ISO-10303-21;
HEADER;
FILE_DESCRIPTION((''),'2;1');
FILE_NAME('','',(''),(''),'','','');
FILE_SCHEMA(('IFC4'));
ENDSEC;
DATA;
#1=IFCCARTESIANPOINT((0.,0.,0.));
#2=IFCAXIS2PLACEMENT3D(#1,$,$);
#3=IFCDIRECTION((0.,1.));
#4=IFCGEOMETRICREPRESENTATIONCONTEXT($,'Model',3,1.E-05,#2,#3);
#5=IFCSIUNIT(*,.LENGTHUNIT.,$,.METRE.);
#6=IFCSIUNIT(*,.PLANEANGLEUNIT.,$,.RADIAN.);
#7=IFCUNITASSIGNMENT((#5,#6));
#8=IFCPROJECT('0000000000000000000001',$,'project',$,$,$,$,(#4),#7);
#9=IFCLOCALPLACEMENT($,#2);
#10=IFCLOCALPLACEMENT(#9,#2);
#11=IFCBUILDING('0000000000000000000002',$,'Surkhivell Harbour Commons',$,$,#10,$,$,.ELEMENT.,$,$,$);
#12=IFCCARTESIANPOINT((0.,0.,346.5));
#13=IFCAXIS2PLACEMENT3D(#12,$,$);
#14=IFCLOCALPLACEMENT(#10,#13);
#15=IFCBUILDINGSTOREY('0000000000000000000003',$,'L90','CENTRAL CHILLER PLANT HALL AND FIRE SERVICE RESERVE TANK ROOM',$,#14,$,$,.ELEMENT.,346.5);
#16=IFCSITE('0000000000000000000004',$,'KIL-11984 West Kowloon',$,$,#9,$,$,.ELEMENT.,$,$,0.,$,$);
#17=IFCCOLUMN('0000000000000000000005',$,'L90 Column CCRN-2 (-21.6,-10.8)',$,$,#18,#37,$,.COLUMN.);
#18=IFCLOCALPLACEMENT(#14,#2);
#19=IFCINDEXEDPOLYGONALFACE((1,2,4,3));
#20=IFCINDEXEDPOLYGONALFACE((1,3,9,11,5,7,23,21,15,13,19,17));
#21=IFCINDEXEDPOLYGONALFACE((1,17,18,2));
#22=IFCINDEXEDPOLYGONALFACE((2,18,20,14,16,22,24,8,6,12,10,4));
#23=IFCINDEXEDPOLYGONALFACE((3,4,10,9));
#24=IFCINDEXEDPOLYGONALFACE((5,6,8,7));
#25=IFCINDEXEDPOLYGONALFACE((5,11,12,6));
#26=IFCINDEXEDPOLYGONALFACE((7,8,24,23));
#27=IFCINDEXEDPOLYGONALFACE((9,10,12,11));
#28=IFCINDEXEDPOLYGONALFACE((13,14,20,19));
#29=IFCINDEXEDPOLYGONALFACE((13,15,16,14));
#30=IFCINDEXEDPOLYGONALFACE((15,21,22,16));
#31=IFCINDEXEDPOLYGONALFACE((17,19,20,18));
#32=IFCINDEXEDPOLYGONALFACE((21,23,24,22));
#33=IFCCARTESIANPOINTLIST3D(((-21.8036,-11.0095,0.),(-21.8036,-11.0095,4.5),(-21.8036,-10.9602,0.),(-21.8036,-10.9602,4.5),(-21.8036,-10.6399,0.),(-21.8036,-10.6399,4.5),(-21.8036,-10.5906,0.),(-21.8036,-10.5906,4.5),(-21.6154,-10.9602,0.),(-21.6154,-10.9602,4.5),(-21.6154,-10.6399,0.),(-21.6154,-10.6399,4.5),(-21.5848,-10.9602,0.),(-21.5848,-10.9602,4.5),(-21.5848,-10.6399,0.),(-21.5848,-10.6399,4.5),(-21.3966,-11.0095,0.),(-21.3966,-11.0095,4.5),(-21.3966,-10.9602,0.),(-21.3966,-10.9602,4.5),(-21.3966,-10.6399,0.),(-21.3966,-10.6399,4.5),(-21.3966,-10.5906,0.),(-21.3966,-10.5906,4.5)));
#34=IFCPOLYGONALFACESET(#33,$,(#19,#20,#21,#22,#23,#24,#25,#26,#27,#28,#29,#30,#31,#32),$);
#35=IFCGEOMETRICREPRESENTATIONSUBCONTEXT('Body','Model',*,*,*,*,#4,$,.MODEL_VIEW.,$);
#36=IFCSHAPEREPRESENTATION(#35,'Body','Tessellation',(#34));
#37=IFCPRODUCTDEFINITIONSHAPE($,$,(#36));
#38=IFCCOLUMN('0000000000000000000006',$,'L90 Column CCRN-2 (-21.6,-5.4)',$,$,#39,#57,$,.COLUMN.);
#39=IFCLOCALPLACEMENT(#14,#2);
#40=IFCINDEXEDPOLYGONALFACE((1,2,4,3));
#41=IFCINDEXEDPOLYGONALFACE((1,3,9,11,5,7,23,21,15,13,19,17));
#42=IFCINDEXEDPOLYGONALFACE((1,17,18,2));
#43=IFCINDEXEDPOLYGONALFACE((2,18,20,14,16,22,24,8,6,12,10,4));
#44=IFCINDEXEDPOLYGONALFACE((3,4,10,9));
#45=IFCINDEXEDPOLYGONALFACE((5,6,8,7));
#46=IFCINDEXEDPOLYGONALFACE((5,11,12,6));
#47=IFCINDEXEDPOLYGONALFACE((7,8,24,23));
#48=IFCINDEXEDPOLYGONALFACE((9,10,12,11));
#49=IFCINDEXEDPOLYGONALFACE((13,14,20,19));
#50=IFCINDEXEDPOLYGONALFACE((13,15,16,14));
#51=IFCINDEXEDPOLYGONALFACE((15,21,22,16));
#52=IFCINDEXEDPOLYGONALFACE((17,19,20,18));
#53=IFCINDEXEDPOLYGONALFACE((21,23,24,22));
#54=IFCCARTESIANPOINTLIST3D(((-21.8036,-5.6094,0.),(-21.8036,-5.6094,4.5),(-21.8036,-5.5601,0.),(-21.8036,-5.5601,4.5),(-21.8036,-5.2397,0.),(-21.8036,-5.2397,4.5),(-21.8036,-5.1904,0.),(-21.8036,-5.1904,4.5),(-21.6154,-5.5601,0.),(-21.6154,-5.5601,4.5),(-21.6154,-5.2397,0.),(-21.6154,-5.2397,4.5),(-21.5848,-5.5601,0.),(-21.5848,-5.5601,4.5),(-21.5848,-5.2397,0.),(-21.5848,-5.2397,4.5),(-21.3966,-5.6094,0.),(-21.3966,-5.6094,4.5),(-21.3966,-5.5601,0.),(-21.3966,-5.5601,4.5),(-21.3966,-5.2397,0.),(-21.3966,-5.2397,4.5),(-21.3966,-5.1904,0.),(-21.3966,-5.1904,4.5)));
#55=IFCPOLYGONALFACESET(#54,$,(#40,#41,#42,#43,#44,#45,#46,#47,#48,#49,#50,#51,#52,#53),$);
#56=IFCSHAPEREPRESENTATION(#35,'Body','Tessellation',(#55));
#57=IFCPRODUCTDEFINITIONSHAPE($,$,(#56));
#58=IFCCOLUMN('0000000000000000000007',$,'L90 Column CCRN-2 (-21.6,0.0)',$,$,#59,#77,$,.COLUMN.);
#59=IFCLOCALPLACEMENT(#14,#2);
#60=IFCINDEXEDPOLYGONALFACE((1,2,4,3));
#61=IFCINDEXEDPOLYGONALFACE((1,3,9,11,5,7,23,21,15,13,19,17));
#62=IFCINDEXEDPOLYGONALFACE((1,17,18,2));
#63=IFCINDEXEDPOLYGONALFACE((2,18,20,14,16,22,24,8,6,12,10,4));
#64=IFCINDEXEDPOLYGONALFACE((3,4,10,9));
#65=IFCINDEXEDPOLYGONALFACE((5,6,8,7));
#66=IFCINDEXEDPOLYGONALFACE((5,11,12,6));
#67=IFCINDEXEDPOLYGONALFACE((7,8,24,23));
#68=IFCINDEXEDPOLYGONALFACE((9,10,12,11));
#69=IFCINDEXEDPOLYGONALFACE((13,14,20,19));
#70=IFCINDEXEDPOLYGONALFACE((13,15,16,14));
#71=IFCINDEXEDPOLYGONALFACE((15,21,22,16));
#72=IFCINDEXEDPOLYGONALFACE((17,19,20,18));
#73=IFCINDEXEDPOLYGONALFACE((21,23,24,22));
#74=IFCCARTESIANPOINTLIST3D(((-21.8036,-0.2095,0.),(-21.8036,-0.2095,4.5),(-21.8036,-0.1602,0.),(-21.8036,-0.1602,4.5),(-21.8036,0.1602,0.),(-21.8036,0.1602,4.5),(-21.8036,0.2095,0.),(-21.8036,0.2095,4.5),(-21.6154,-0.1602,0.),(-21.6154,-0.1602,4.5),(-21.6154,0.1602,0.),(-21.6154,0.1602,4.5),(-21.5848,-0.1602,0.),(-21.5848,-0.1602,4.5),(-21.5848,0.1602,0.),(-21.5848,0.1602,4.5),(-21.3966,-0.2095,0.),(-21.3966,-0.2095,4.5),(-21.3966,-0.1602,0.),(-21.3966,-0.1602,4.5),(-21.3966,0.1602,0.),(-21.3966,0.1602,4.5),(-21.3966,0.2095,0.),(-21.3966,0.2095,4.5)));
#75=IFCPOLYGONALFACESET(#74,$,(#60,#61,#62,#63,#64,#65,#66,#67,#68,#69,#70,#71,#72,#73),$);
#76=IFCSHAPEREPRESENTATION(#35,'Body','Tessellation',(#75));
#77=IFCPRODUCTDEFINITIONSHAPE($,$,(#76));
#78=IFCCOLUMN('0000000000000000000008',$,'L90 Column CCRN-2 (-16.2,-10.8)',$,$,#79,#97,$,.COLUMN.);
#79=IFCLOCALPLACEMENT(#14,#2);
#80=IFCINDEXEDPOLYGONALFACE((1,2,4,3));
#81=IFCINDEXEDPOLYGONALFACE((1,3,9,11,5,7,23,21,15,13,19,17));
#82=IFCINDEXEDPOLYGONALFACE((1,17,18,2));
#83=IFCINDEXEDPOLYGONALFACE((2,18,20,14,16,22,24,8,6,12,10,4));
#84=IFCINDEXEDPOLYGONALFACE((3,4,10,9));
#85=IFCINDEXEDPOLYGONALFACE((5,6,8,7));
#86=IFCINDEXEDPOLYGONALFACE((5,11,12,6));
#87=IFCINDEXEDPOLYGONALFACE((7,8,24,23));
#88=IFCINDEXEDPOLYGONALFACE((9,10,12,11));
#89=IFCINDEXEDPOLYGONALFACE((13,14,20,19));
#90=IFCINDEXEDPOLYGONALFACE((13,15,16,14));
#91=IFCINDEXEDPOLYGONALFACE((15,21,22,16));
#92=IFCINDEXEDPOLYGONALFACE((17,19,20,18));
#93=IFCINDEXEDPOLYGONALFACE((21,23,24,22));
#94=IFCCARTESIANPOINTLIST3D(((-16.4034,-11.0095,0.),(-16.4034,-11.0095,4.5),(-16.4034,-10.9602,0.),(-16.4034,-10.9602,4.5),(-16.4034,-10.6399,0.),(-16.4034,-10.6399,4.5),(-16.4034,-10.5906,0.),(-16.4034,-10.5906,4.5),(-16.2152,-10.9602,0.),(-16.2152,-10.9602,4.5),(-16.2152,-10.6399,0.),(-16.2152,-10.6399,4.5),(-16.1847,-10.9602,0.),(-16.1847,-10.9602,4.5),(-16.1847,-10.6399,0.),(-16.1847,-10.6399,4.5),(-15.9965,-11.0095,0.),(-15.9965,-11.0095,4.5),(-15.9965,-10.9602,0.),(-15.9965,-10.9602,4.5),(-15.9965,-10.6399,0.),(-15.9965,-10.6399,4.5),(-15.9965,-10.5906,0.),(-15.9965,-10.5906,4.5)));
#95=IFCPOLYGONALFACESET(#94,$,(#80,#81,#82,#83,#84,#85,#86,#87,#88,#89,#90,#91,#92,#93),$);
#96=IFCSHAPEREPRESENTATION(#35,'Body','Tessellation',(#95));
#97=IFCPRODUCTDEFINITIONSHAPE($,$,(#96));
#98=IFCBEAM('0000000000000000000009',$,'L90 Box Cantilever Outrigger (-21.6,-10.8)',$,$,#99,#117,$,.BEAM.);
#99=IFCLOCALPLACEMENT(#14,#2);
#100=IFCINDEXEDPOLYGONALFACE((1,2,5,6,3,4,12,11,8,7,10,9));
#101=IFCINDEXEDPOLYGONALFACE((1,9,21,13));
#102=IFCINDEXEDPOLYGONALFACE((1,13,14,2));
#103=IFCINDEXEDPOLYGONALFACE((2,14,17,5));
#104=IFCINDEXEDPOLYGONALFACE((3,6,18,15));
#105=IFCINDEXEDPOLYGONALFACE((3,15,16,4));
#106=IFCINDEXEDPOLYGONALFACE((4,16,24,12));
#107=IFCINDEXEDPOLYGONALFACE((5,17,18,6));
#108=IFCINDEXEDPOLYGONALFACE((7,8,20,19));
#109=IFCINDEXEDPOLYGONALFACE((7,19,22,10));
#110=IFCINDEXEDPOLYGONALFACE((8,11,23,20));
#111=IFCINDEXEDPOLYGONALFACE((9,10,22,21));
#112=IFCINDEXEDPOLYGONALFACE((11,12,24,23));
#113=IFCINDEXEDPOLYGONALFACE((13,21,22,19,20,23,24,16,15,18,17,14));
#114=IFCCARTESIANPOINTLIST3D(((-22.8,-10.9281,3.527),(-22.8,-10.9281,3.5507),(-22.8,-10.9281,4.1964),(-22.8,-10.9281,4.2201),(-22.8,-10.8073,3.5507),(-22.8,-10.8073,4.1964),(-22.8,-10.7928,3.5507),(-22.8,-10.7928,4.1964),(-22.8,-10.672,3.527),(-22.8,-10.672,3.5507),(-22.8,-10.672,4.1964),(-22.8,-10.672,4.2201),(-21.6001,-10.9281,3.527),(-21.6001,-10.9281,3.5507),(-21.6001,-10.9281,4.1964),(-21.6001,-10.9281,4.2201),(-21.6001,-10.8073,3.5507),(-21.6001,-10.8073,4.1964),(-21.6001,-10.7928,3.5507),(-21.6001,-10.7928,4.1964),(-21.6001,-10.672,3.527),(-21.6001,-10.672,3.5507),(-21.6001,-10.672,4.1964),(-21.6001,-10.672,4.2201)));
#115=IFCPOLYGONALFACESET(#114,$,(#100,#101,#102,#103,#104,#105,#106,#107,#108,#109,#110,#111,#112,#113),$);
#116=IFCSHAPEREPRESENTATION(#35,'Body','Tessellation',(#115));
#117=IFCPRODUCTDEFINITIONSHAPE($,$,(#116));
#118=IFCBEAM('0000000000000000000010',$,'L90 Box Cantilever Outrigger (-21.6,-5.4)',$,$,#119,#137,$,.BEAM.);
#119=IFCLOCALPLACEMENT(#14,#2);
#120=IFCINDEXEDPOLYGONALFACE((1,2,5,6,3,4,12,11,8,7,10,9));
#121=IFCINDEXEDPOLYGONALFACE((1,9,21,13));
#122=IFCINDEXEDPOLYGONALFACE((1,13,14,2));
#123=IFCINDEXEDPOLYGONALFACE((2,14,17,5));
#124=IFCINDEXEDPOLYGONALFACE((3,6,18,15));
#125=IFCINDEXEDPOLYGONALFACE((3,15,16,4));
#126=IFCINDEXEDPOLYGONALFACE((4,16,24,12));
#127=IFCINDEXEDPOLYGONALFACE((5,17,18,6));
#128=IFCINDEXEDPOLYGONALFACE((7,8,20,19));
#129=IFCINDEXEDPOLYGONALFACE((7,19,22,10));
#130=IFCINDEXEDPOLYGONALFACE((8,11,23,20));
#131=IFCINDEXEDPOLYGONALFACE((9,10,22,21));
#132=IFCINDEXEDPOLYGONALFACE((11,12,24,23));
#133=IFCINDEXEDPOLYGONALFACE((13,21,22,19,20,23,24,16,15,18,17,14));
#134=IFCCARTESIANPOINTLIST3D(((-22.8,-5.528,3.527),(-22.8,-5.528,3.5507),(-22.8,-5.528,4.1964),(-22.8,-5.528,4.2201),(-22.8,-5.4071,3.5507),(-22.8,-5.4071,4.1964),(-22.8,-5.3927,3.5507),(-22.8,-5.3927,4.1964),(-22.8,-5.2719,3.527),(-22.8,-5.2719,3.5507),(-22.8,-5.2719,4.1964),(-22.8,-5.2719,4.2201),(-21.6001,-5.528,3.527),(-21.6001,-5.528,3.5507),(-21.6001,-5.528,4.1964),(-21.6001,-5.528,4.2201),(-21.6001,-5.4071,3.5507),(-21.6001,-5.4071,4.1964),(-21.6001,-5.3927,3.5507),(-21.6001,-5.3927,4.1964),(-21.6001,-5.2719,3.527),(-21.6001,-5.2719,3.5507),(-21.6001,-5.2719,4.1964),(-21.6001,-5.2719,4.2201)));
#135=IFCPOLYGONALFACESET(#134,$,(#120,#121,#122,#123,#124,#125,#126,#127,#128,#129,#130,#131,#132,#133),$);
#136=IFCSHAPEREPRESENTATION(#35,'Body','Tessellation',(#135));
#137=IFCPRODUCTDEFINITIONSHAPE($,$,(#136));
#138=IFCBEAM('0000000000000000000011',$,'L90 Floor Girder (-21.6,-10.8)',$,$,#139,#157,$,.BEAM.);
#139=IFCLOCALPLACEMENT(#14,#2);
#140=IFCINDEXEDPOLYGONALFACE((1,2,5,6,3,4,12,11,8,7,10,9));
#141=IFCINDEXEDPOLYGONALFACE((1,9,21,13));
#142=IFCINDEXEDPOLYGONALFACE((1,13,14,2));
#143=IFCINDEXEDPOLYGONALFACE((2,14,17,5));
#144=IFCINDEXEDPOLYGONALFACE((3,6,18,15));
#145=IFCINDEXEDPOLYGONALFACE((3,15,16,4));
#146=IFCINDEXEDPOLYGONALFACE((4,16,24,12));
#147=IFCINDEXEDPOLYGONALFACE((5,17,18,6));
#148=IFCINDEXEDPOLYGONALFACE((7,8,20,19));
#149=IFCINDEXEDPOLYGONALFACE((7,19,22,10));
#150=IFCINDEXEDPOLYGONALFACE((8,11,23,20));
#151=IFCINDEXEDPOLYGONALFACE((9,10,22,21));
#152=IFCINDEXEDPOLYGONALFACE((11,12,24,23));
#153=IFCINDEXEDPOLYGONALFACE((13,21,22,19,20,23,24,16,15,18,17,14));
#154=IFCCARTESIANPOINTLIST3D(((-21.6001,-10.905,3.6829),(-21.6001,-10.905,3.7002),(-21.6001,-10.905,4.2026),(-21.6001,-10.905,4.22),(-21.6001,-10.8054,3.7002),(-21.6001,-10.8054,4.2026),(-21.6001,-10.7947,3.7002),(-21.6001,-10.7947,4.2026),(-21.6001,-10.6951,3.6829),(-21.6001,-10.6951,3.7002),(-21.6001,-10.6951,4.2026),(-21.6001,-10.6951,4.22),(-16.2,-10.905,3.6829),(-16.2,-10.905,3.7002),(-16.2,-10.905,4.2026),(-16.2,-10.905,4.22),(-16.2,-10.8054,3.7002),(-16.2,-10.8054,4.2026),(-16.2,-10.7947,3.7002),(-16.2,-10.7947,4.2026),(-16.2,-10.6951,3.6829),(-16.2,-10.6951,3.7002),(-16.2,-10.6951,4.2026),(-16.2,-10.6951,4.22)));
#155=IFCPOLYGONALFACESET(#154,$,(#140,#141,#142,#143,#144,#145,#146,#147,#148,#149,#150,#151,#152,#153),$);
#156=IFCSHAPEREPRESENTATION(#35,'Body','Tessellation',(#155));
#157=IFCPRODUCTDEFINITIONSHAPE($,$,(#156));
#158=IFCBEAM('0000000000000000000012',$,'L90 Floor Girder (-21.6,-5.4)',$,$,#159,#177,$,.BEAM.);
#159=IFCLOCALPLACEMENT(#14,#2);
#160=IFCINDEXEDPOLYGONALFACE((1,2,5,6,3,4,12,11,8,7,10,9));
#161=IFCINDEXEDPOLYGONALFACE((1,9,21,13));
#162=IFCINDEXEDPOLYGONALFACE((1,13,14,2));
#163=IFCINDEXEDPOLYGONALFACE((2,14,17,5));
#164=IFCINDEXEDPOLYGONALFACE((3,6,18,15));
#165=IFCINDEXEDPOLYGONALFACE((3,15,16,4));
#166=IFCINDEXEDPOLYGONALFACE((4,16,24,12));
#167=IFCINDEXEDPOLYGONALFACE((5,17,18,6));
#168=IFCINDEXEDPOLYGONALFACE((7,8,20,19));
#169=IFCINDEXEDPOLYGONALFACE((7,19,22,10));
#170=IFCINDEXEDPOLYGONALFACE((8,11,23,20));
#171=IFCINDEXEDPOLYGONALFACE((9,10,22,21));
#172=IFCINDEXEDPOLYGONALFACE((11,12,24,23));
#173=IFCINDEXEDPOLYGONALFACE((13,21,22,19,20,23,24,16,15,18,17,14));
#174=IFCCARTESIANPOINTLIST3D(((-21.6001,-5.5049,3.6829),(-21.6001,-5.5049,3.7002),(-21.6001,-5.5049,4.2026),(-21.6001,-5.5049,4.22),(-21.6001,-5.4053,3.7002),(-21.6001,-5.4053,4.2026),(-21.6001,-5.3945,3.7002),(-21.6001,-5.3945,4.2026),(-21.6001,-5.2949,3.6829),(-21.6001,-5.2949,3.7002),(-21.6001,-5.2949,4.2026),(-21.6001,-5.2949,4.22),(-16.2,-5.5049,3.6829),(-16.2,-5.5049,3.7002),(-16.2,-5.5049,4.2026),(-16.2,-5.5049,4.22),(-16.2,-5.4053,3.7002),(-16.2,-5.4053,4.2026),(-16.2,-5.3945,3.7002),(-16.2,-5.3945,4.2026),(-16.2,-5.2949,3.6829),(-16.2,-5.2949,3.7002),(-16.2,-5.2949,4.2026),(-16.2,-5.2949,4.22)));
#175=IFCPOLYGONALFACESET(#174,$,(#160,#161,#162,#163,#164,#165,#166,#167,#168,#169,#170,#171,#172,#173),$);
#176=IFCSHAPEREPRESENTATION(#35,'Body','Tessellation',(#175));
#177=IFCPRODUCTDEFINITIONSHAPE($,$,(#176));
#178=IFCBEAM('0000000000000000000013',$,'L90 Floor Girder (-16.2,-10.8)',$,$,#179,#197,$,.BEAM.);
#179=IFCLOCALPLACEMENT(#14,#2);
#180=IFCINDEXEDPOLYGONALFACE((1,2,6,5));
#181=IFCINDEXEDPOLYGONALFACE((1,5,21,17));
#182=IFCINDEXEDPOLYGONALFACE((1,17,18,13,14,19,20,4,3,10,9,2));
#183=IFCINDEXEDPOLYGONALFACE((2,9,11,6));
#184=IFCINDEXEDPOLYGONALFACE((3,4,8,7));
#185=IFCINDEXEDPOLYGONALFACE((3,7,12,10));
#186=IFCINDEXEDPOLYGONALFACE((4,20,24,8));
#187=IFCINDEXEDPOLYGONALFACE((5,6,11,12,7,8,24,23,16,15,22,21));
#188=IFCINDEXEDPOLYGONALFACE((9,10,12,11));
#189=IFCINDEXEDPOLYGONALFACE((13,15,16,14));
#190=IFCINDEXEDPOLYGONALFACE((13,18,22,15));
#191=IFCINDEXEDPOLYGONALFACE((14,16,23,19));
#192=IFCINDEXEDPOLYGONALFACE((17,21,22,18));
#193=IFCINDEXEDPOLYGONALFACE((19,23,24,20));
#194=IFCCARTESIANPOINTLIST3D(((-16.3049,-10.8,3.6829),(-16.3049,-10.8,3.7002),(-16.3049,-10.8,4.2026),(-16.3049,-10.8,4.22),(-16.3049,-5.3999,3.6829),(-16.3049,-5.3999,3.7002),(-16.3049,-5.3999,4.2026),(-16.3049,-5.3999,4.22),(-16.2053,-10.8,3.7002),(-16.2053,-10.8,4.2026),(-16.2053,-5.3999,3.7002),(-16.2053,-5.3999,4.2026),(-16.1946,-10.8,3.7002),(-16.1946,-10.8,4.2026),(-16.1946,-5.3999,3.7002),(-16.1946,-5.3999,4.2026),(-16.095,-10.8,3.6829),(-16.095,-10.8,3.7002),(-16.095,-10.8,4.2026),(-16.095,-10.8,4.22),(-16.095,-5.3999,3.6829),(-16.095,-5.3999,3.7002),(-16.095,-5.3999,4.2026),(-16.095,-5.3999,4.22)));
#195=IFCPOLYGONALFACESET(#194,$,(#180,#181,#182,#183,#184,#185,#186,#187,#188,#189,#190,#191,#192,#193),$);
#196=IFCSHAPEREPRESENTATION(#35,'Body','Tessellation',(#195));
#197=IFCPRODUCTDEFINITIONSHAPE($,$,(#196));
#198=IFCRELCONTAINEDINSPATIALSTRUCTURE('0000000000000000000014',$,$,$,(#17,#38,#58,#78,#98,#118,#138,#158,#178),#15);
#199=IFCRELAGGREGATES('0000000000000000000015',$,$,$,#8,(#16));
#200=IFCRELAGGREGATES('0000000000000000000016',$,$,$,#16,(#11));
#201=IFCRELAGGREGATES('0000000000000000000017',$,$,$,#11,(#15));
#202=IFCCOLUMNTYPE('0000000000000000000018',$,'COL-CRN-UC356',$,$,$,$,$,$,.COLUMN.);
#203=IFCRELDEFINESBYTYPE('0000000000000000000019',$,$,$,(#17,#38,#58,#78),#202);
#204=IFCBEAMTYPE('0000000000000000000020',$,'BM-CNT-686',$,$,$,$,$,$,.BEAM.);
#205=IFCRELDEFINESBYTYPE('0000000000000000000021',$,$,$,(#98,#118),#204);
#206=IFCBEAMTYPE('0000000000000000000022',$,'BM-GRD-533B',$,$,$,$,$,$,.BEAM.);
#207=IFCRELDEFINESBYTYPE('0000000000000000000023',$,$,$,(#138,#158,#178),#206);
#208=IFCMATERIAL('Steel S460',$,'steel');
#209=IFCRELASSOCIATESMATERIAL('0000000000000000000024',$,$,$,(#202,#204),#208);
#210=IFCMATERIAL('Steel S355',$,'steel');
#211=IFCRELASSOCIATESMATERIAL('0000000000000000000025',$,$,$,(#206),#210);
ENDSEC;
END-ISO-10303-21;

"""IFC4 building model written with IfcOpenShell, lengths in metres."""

from ifc_helpers import new_model, si_unit, direction, frame, origin, origin_2d, place, context, subcontext, project, spatial, i_section, extrude, material, material_profile, profile_set, type_object, element, save


model = new_model("IFC4")

# Units and contexts
model_context = context("Model", 3, precision=1e-05, world=origin(), true_north=direction((0.0, 1.0)))
body_context = subcontext(model_context, "Body", "Model", "MODEL_VIEW")
ifc_project = project(units=[si_unit("LENGTHUNIT", "METRE"), si_unit("PLANEANGLEUNIT", "RADIAN")], contexts=[model_context])

# Site, building, storey
site_placement = place(None, origin())
site = spatial("IfcSite", under=ifc_project, at=site_placement, Name="KIL-11984 West Kowloon", CompositionType="ELEMENT", RefElevation=0.0)
building_placement = place(site_placement, origin())
building = spatial("IfcBuilding", under=site, at=building_placement, Name="Surkhivell Harbour Commons", CompositionType="ELEMENT")
storey_placement = place(building_placement, frame((0.0, 0.0, 346.5)))
storey = spatial("IfcBuildingStorey", under=building, at=storey_placement, Name="L90", Description="CENTRAL CHILLER PLANT HALL AND FIRE SERVICE RESERVE TANK ROOM", CompositionType="ELEMENT", Elevation=346.5)

# Columns
ifc_material_1 = material(Name="Steel S460", Category="steel")
ifc_material_profile_1 = material_profile(ifc_material_1, i_section(OverallWidth=0.407, OverallDepth=0.4189, WebThickness=0.0305, FlangeThickness=0.0493, at=origin_2d()), Name="UC356x406x393")
ifc_profile_set_1 = profile_set([ifc_material_profile_1], Name="Steel S460")
column_type = type_object("IfcColumnType", Name="COL-CRN-UC356", PredefinedType="COLUMN", material=ifc_profile_set_1)
for number, where, z_axis, x_axis, name in (
    (1, (-21.6001, -10.8, 0.0), (0.0, 0.0, 1.0), (1.0, 0.0, 0.0), "L90 Column CCRN-2 (-21.6,-10.8)"),
    (2, (-21.6001, -5.3999, 0.0), (0.0, 0.0, 1.0), (1.0, 0.0, 0.0), "L90 Column CCRN-2 (-21.6,-5.4)"),
    (3, (-21.6001, 0.0, 0.0), (0.0, 0.0, 1.0), (1.0, 0.0, 0.0), "L90 Column CCRN-2 (-21.6,0.0)"),
    (4, (-16.2, -10.8, 0.0), (0.0, 0.0, 1.0), (1.0, 0.0, 0.0), "L90 Column CCRN-2 (-16.2,-10.8)"),
):
    element("IfcColumn", number, at=place(storey_placement, frame(where, z_axis=z_axis, x_axis=x_axis)), inside=storey, type_object=column_type, Name=name, PredefinedType="COLUMN", context=body_context, shape_type="SweptSolid", body=[
        extrude(i_section(OverallWidth=0.407, OverallDepth=0.4189, WebThickness=0.0305, FlangeThickness=0.0493, at=origin_2d()), origin(), (0.0, 0.0, 1.0), 4.5),
    ])

# Beams
ifc_material_profile_2 = material_profile(ifc_material_1, i_section(OverallWidth=0.2561, OverallDepth=0.6931, WebThickness=0.0144, FlangeThickness=0.0237, at=origin_2d()), Name="UB686x254x170")
ifc_profile_set_2 = profile_set([ifc_material_profile_2], Name="Steel S460")
beam_type_1 = type_object("IfcBeamType", Name="BM-CNT-686", PredefinedType="BEAM", material=ifc_profile_set_2)
for number, where, z_axis, x_axis, name in (
    (5, (-21.6001, -10.8, 3.8735), (-1.0, 0.0, 0.0), (0.0, -1.0, 0.0), "L90 Box Cantilever Outrigger (-21.6,-10.8)"),
    (6, (-21.6001, -5.3999, 3.8735), (-1.0, 0.0, 0.0), (0.0, -1.0, 0.0), "L90 Box Cantilever Outrigger (-21.6,-5.4)"),
):
    element("IfcBeam", number, at=place(storey_placement, frame(where, z_axis=z_axis, x_axis=x_axis)), inside=storey, type_object=beam_type_1, Name=name, PredefinedType="BEAM", context=body_context, shape_type="SweptSolid", body=[
        extrude(i_section(OverallWidth=0.2561, OverallDepth=0.6931, WebThickness=0.0144, FlangeThickness=0.0237, at=origin_2d()), origin(), (0.0, 0.0, 1.0), 1.2),
    ])
ifc_material_2 = material(Name="Steel S355", Category="steel")
ifc_material_profile_3 = material_profile(ifc_material_2, i_section(OverallWidth=0.21, OverallDepth=0.5371, WebThickness=0.0107, FlangeThickness=0.0173, at=origin_2d()), Name="UB533x210x101")
ifc_profile_set_3 = profile_set([ifc_material_profile_3], Name="Steel S355")
beam_type_2 = type_object("IfcBeamType", Name="BM-GRD-533B", PredefinedType="BEAM", material=ifc_profile_set_3)
for number, where, z_axis, x_axis, name in (
    (7, (-21.6001, -10.8, 3.9514), (1.0, 0.0, 0.0), (0.0, 1.0, 0.0), "L90 Floor Girder (-21.6,-10.8)"),
    (8, (-21.6001, -5.3999, 3.9514), (1.0, 0.0, 0.0), (0.0, 1.0, 0.0), "L90 Floor Girder (-21.6,-5.4)"),
    (9, (-16.2, -10.8, 3.9514), (0.0, 1.0, 0.0), (-1.0, 0.0, 0.0), "L90 Floor Girder (-16.2,-10.8)"),
):
    element("IfcBeam", number, at=place(storey_placement, frame(where, z_axis=z_axis, x_axis=x_axis)), inside=storey, type_object=beam_type_2, Name=name, PredefinedType="BEAM", context=body_context, shape_type="SweptSolid", body=[
        extrude(i_section(OverallWidth=0.21, OverallDepth=0.5371, WebThickness=0.0107, FlangeThickness=0.0173, at=origin_2d()), origin(), (0.0, 0.0, 1.0), 5.4001),
    ])

save(model, "model.ifc")
